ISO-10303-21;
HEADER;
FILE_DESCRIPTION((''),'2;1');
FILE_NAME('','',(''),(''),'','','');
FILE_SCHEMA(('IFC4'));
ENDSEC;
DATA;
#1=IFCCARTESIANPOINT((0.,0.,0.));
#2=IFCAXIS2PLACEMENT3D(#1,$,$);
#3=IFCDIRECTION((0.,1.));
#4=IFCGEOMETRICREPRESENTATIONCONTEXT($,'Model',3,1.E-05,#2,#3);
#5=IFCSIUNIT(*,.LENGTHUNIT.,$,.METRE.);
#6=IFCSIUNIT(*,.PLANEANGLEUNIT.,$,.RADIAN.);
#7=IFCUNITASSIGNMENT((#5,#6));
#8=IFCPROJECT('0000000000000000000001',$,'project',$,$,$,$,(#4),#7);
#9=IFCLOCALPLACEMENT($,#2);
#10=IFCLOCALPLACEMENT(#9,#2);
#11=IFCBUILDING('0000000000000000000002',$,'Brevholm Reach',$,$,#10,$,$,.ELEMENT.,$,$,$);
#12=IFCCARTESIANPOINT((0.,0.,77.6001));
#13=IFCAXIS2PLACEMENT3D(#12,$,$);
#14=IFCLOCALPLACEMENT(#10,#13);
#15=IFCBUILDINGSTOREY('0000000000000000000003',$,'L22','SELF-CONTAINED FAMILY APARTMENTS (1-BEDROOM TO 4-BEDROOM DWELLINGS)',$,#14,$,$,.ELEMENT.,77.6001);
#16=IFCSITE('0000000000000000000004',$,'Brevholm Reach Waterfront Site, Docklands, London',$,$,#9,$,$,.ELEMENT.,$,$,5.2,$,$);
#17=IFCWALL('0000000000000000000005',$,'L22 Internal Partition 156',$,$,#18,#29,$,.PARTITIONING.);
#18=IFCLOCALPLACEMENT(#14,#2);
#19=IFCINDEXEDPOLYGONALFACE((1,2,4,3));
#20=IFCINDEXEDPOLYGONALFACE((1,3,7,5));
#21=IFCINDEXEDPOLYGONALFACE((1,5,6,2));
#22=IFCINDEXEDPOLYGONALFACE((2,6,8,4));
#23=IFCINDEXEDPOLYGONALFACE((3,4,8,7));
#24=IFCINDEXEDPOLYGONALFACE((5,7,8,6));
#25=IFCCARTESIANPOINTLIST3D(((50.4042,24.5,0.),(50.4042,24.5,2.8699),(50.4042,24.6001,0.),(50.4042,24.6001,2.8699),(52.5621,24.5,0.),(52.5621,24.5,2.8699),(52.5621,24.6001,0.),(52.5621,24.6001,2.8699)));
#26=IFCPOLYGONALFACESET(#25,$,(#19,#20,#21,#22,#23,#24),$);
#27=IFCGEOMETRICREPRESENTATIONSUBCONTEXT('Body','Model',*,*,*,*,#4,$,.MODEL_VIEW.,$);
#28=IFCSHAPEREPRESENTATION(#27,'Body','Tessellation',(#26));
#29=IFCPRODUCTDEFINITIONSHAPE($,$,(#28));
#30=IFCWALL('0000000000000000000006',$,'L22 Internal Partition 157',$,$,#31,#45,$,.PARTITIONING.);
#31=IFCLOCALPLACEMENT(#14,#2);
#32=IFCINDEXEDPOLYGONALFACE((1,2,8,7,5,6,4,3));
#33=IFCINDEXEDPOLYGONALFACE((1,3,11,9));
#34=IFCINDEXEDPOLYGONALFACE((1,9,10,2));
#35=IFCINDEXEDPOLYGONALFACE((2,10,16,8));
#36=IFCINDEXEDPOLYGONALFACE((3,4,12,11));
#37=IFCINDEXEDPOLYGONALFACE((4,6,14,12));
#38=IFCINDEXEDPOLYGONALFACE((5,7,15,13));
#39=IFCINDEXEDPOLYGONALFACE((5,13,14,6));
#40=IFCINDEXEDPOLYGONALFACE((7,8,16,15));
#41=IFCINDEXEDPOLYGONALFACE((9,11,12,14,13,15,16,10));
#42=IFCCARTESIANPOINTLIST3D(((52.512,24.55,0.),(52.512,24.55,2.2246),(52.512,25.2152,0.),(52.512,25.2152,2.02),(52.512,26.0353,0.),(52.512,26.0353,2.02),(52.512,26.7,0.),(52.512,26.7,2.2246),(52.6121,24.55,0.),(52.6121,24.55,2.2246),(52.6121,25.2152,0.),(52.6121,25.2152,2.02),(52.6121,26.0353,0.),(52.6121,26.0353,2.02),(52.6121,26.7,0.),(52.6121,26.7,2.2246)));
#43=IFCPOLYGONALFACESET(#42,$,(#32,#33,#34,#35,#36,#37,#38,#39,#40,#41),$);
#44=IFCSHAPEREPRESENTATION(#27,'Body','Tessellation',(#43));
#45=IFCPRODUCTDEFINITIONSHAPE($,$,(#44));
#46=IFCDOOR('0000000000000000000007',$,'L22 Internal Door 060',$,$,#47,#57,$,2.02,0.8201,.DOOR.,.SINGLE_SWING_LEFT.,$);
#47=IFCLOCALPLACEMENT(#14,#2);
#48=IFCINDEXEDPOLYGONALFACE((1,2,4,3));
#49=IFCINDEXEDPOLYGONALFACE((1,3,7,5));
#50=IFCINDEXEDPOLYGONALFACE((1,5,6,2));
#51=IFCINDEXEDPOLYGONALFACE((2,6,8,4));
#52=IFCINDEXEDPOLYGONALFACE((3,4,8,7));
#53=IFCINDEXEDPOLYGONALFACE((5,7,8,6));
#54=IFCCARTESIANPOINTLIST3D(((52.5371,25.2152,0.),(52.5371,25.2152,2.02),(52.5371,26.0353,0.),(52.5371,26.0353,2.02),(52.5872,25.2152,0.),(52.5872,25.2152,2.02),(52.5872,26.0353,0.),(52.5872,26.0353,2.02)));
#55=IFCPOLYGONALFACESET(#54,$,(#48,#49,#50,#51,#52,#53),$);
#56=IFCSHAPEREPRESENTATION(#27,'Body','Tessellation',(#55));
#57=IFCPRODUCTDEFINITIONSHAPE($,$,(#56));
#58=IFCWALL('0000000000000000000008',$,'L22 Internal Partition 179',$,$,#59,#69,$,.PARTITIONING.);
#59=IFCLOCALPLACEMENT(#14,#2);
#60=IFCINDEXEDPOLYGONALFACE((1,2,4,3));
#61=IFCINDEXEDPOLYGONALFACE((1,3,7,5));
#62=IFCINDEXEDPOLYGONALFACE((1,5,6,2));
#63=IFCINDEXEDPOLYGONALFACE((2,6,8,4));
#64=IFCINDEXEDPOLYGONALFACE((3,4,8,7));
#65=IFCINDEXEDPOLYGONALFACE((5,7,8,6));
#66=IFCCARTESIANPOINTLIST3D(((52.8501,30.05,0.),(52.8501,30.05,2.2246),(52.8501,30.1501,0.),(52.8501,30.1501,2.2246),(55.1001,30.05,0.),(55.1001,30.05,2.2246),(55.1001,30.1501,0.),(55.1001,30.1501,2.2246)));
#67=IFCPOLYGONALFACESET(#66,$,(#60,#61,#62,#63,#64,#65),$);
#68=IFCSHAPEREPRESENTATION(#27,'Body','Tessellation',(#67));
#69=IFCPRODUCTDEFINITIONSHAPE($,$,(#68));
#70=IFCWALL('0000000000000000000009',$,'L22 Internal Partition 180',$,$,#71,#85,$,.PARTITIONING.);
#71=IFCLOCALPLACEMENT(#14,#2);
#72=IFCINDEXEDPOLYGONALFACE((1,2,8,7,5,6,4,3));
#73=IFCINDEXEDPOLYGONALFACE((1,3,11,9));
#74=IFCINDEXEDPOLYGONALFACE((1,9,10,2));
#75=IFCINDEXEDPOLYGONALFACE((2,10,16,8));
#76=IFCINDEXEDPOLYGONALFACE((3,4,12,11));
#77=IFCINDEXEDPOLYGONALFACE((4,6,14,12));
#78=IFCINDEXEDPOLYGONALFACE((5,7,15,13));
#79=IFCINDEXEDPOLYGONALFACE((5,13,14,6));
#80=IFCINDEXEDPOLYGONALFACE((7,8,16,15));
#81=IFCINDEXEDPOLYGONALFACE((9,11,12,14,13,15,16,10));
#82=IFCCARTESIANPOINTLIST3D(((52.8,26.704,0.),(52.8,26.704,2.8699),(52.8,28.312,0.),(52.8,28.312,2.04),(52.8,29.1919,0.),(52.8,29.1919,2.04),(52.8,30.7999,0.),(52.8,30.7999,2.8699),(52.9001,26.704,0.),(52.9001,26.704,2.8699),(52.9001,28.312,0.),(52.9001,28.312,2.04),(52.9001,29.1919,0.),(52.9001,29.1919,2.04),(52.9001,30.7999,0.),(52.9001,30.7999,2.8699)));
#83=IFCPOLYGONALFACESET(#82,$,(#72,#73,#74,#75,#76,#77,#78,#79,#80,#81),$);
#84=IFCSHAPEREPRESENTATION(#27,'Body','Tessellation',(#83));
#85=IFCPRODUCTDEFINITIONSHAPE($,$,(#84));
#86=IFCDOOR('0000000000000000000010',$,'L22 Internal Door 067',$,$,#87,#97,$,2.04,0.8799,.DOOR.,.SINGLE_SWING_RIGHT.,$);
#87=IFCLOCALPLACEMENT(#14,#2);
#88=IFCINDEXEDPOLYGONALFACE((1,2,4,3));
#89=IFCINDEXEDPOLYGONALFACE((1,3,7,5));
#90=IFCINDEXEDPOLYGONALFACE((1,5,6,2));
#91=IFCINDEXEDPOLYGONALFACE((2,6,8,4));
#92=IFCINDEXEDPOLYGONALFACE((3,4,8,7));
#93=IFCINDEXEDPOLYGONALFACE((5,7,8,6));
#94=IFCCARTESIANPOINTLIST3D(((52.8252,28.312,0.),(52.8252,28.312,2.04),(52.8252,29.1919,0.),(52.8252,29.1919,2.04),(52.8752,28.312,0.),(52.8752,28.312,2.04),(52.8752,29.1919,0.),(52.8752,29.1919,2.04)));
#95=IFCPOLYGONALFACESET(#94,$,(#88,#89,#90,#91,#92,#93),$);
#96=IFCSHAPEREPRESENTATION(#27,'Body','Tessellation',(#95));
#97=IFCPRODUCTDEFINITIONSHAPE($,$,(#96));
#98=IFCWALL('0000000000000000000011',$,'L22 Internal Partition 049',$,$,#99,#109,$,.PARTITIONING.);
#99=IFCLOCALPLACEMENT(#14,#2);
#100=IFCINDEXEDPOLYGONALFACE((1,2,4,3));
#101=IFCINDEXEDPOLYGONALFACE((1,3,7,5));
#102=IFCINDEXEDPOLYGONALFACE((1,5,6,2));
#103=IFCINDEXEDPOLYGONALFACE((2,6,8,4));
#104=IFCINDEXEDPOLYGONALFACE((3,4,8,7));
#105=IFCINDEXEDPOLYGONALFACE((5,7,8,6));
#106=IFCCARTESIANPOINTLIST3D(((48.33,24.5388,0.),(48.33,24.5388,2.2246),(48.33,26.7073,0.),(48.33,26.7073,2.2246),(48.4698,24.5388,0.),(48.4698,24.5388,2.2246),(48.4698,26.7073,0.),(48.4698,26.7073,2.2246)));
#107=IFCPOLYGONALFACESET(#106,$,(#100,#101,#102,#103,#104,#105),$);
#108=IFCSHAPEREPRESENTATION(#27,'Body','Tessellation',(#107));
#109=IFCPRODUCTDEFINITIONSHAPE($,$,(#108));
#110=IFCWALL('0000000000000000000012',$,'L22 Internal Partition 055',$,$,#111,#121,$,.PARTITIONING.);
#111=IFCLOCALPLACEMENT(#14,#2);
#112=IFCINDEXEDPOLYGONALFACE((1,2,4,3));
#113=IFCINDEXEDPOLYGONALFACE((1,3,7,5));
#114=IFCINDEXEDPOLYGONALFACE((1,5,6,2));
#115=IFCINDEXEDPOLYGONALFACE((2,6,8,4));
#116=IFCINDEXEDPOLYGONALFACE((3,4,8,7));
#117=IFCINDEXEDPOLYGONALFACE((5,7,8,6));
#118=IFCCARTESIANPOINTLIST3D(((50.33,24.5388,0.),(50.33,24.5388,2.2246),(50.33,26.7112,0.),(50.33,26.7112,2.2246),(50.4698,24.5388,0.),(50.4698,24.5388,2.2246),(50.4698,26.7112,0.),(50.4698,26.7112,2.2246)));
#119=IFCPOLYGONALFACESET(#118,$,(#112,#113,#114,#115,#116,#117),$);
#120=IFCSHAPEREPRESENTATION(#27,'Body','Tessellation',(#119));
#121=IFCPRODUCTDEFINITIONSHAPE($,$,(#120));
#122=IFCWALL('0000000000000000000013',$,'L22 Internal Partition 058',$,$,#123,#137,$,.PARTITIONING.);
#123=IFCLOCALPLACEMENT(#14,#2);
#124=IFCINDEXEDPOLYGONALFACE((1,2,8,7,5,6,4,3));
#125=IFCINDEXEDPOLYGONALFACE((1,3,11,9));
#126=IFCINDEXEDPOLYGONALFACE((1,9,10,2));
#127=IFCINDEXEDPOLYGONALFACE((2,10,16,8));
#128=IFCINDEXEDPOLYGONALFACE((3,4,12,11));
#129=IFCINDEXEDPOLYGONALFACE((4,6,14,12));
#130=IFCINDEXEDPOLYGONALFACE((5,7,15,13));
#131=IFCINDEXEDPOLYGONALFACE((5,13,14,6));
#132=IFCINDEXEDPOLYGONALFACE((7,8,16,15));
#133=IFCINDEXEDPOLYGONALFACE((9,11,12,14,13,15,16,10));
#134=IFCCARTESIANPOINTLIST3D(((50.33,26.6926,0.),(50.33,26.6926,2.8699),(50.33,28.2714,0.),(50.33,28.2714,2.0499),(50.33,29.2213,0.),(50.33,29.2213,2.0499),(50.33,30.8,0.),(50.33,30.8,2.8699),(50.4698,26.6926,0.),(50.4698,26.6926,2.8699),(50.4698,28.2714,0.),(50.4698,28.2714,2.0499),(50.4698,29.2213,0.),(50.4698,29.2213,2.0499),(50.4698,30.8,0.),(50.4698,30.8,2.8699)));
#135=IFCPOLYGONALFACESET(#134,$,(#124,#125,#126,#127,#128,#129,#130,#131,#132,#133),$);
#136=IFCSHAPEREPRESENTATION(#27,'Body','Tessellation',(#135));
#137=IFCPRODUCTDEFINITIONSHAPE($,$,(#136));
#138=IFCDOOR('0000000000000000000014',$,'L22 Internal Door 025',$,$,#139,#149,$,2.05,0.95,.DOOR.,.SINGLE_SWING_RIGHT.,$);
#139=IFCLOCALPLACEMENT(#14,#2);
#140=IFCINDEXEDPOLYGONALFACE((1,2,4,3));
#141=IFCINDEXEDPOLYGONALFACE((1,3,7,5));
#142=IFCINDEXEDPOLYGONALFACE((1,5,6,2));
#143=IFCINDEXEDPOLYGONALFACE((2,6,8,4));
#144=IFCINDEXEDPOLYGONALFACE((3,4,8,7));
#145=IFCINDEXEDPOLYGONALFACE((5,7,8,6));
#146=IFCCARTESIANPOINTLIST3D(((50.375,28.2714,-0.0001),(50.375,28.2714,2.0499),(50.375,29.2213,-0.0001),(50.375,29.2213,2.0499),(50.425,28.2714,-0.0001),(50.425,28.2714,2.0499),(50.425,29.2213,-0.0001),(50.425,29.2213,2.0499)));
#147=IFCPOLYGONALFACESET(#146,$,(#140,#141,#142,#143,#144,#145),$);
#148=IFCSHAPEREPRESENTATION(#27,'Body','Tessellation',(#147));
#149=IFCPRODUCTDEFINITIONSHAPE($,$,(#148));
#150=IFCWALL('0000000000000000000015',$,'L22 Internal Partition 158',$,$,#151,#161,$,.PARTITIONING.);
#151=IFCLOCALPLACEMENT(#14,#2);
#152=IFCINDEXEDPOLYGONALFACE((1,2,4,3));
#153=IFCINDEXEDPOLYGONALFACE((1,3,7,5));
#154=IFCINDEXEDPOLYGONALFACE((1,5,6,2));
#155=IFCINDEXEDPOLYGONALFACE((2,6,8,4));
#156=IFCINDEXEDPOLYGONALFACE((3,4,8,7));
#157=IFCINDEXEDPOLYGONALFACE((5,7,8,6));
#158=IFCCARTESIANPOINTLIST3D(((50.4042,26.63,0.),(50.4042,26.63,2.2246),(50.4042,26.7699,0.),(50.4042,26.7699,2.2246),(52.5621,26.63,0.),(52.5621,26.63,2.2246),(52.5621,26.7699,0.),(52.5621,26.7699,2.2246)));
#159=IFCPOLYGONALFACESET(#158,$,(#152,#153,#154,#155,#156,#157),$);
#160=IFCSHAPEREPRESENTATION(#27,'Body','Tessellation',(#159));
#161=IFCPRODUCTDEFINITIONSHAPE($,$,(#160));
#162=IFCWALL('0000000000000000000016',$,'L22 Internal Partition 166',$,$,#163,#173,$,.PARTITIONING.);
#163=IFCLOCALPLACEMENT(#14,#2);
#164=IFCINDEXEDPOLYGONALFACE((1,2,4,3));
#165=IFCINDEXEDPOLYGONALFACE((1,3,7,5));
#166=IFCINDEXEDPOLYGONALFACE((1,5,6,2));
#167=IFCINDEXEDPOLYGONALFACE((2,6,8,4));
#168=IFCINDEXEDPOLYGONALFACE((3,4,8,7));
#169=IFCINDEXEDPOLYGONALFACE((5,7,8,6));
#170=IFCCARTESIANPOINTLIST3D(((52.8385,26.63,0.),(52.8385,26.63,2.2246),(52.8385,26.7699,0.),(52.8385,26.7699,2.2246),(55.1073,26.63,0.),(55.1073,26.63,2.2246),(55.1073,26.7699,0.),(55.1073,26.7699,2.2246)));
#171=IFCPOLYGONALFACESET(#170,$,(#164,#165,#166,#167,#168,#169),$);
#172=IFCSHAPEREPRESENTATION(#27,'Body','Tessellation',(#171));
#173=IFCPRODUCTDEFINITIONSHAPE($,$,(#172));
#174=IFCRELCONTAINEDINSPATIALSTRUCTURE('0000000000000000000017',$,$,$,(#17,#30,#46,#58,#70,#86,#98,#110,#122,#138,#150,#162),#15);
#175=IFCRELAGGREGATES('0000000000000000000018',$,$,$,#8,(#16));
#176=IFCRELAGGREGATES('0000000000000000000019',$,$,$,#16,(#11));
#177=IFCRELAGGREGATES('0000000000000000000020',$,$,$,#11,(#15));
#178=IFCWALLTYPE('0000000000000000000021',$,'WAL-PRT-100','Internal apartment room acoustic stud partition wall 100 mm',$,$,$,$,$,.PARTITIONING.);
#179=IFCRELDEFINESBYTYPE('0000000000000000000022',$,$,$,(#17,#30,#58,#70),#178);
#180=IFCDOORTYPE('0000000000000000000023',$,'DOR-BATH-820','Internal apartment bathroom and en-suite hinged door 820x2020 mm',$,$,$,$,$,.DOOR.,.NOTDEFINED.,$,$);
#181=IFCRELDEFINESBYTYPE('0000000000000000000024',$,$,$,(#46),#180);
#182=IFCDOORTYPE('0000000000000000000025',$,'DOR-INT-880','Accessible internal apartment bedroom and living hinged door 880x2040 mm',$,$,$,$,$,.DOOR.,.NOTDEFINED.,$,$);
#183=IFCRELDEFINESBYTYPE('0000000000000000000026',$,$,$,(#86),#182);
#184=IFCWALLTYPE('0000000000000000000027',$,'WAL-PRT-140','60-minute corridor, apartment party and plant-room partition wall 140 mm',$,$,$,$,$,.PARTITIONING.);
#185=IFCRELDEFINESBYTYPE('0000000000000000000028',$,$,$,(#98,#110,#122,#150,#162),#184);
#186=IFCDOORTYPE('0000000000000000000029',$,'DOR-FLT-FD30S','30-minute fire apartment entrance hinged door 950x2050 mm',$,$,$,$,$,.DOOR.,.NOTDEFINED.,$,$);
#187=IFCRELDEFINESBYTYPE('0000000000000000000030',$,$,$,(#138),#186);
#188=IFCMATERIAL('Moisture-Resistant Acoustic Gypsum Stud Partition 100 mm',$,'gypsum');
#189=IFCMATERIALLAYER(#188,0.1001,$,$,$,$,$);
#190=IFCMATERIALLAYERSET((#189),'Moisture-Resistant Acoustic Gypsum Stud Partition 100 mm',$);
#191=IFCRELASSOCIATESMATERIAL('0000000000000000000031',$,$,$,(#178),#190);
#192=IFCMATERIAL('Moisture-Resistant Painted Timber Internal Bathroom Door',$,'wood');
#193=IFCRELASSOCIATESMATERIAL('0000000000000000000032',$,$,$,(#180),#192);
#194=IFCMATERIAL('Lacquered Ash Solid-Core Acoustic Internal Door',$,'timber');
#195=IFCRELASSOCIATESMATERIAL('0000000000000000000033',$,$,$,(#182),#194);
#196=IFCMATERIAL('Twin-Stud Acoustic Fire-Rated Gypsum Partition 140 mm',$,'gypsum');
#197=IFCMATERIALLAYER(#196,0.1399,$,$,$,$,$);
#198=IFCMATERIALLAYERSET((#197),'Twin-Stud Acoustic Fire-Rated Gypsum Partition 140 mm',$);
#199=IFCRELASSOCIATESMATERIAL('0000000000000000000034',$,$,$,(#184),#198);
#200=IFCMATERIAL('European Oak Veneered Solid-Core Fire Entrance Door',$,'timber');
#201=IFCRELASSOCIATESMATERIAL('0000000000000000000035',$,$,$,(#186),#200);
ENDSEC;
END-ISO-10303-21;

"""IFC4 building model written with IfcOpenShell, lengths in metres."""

from ifc_helpers import new_model, si_unit, direction, frame, frame_2d, origin, place, context, subcontext, project, spatial, rectangle, extrude, material, layer, layer_set, type_object, element, fill, save


model = new_model("IFC4")

# Units and contexts
model_context = context("Model", 3, precision=1e-05, world=origin(), true_north=direction((0.0, 1.0)))
body_context = subcontext(model_context, "Body", "Model", "MODEL_VIEW")
ifc_project = project(units=[si_unit("LENGTHUNIT", "METRE"), si_unit("PLANEANGLEUNIT", "RADIAN")], contexts=[model_context])

# Site, building, storey
site_placement = place(None, origin())
site = spatial("IfcSite", under=ifc_project, at=site_placement, Name="Brevholm Reach Waterfront Site, Docklands, London", CompositionType="ELEMENT", RefElevation=5.2)
building_placement = place(site_placement, origin())
building = spatial("IfcBuilding", under=site, at=building_placement, Name="Brevholm Reach", CompositionType="ELEMENT")
storey_placement = place(building_placement, frame((0.0, 0.0, 77.6001)))
storey = spatial("IfcBuildingStorey", under=building, at=storey_placement, Name="L22", Description="SELF-CONTAINED FAMILY APARTMENTS (1-BEDROOM TO 4-BEDROOM DWELLINGS)", CompositionType="ELEMENT", Elevation=77.6001)

# Wall
ifc_material_1 = material(Name="Moisture-Resistant Acoustic Gypsum Stud Partition 100 mm", Category="gypsum")
ifc_layer_1 = layer(ifc_material_1, 0.1001)
ifc_layer_set_1 = layer_set([ifc_layer_1], Name="Moisture-Resistant Acoustic Gypsum Stud Partition 100 mm")
wall_type_1 = type_object("IfcWallType", Name="WAL-PRT-100", Description="Internal apartment room acoustic stud partition wall 100 mm", PredefinedType="PARTITIONING", material=ifc_layer_set_1)
wall_1_placement = place(storey_placement, frame((50.4041, 24.55, 0.0), z_axis=(0.0, 0.0, 1.0), x_axis=(1.0, 0.0, 0.0)))
element("IfcWall", 1, at=wall_1_placement, inside=storey, type_object=wall_type_1, Name="L22 Internal Partition 156", PredefinedType="PARTITIONING", context=body_context, shape_type="SweptSolid", body=[
    extrude(rectangle(XDim=2.158, YDim=0.1001, at=frame_2d((1.0791, 0.0))), origin(), (0.0, 0.0, 1.0), 2.8699),
])

# Wall, opening, door
wall_2_placement = place(storey_placement, frame((52.562, 24.55, 0.0), z_axis=(0.0, 0.0, 1.0), x_axis=(0.0, 1.0, 0.0)))
wall_2 = element("IfcWall", 2, at=wall_2_placement, inside=storey, type_object=wall_type_1, Name="L22 Internal Partition 157", PredefinedType="PARTITIONING", context=body_context, shape_type="SweptSolid", body=[
    extrude(rectangle(XDim=2.1499, YDim=0.1001, at=frame_2d((1.075, 0.0))), origin(), (0.0, 0.0, 1.0), 2.2246),
])
opening_1_placement = place(wall_2_placement, frame((0.665, 0.0, 0.0)))
opening_1 = element("IfcOpeningElement", 3, at=opening_1_placement, cuts=wall_2, PredefinedType="OPENING", context=body_context, shape_type="SweptSolid", body=[
    extrude(rectangle(XDim=0.8201, YDim=2.02, at=frame_2d((0.4102, 1.01))), frame((0.0, 0.0601, 0.0), z_axis=(0.0, -1.0, 0.0), x_axis=(1.0, 0.0, 0.0)), (0.0, 0.0, 1.0), 0.1201),
])
ifc_material_2 = material(Name="Moisture-Resistant Painted Timber Internal Bathroom Door", Category="wood")
door_type_1 = type_object("IfcDoorType", Name="DOR-BATH-820", Description="Internal apartment bathroom and en-suite hinged door 820x2020 mm", OperationType="NOTDEFINED", PredefinedType="DOOR", material=ifc_material_2)
door_1_placement = place(opening_1_placement, origin())
door_1 = element("IfcDoor", 4, at=door_1_placement, inside=storey, type_object=door_type_1, Name="L22 Internal Door 060", OperationType="SINGLE_SWING_LEFT", OverallHeight=2.02, OverallWidth=0.8201, PredefinedType="DOOR", context=body_context, shape_type="SweptSolid", body=[
    extrude(rectangle(XDim=0.8201, YDim=2.02, at=frame_2d((0.4102, 1.01))), frame((0.0, 0.0249, 0.0), z_axis=(0.0, -1.0, 0.0), x_axis=(1.0, 0.0, 0.0)), (0.0, 0.0, 1.0), 0.05),
])
fill(opening_1, door_1)

# Wall
wall_3_placement = place(storey_placement, frame((52.8501, 30.1001, 0.0), z_axis=(0.0, 0.0, 1.0), x_axis=(1.0, 0.0, 0.0)))
element("IfcWall", 5, at=wall_3_placement, inside=storey, type_object=wall_type_1, Name="L22 Internal Partition 179", PredefinedType="PARTITIONING", context=body_context, shape_type="SweptSolid", body=[
    extrude(rectangle(XDim=2.25, YDim=0.1001, at=frame_2d((1.125, 0.0))), origin(), (0.0, 0.0, 1.0), 2.2246),
])

# Wall, opening, door
wall_4_placement = place(storey_placement, frame((52.8501, 26.7041, 0.0), z_axis=(0.0, 0.0, 1.0), x_axis=(0.0, 1.0, 0.0)))
wall_4 = element("IfcWall", 6, at=wall_4_placement, inside=storey, type_object=wall_type_1, Name="L22 Internal Partition 180", PredefinedType="PARTITIONING", context=body_context, shape_type="SweptSolid", body=[
    extrude(rectangle(XDim=4.0959, YDim=0.1001, at=frame_2d((2.0479, 0.0))), origin(), (0.0, 0.0, 1.0), 2.8699),
])
opening_2_placement = place(wall_4_placement, frame((1.6079, 0.0, 0.0)))
opening_2 = element("IfcOpeningElement", 7, at=opening_2_placement, cuts=wall_4, PredefinedType="OPENING", context=body_context, shape_type="SweptSolid", body=[
    extrude(rectangle(XDim=0.8799, YDim=2.04, at=frame_2d((0.4399, 1.02))), frame((0.0, 0.0601, 0.0), z_axis=(0.0, -1.0, 0.0), x_axis=(1.0, 0.0, 0.0)), (0.0, 0.0, 1.0), 0.1201),
])
ifc_material_3 = material(Name="Lacquered Ash Solid-Core Acoustic Internal Door", Category="timber")
door_type_2 = type_object("IfcDoorType", Name="DOR-INT-880", Description="Accessible internal apartment bedroom and living hinged door 880x2040 mm", OperationType="NOTDEFINED", PredefinedType="DOOR", material=ifc_material_3)
door_2_placement = place(opening_2_placement, origin())
door_2 = element("IfcDoor", 8, at=door_2_placement, inside=storey, type_object=door_type_2, Name="L22 Internal Door 067", OperationType="SINGLE_SWING_RIGHT", OverallHeight=2.04, OverallWidth=0.8799, PredefinedType="DOOR", context=body_context, shape_type="SweptSolid", body=[
    extrude(rectangle(XDim=0.8799, YDim=2.04, at=frame_2d((0.4399, 1.02))), frame((0.0, 0.0249, 0.0), z_axis=(0.0, -1.0, 0.0), x_axis=(1.0, 0.0, 0.0)), (0.0, 0.0, 1.0), 0.05),
])
fill(opening_2, door_2)

# Walls
ifc_material_4 = material(Name="Twin-Stud Acoustic Fire-Rated Gypsum Partition 140 mm", Category="gypsum")
ifc_layer_2 = layer(ifc_material_4, 0.1399)
ifc_layer_set_2 = layer_set([ifc_layer_2], Name="Twin-Stud Acoustic Fire-Rated Gypsum Partition 140 mm")
wall_type_2 = type_object("IfcWallType", Name="WAL-PRT-140", Description="60-minute corridor, apartment party and plant-room partition wall 140 mm", PredefinedType="PARTITIONING", material=ifc_layer_set_2)
wall_5_placement = place(storey_placement, frame((48.3999, 24.5388, 0.0), z_axis=(0.0, 0.0, 1.0), x_axis=(0.0, 1.0, 0.0)))
element("IfcWall", 9, at=wall_5_placement, inside=storey, type_object=wall_type_2, Name="L22 Internal Partition 049", PredefinedType="PARTITIONING", context=body_context, shape_type="SweptSolid", body=[
    extrude(rectangle(XDim=2.1685, YDim=0.1399, at=frame_2d((1.0842, 0.0))), origin(), (0.0, 0.0, 1.0), 2.2246),
])
wall_6_placement = place(storey_placement, frame((50.3999, 24.5388, 0.0), z_axis=(0.0, 0.0, 1.0), x_axis=(0.0, 1.0, 0.0)))
element("IfcWall", 10, at=wall_6_placement, inside=storey, type_object=wall_type_2, Name="L22 Internal Partition 055", PredefinedType="PARTITIONING", context=body_context, shape_type="SweptSolid", body=[
    extrude(rectangle(XDim=2.1724, YDim=0.1399, at=frame_2d((1.0862, 0.0))), origin(), (0.0, 0.0, 1.0), 2.2246),
])

# Wall, opening, door
wall_7_placement = place(storey_placement, frame((50.3999, 26.6926, 0.0), z_axis=(0.0, 0.0, 1.0), x_axis=(0.0, 1.0, 0.0)))
wall_7 = element("IfcWall", 11, at=wall_7_placement, inside=storey, type_object=wall_type_2, Name="L22 Internal Partition 058", PredefinedType="PARTITIONING", context=body_context, shape_type="SweptSolid", body=[
    extrude(rectangle(XDim=4.1074, YDim=0.1399, at=frame_2d((2.0537, 0.0))), origin(), (0.0, 0.0, 1.0), 2.8699),
])
opening_3_placement = place(wall_7_placement, frame((1.5786, 0.0, 0.0)))
opening_3 = element("IfcOpeningElement", 12, at=opening_3_placement, cuts=wall_7, PredefinedType="OPENING", context=body_context, shape_type="SweptSolid", body=[
    extrude(rectangle(XDim=0.95, YDim=2.05, at=frame_2d((0.4751, 1.0249))), frame((0.0, 0.0798, 0.0), z_axis=(0.0, -1.0, 0.0), x_axis=(1.0, 0.0, 0.0)), (0.0, 0.0, 1.0), 0.1599),
])
ifc_material_5 = material(Name="European Oak Veneered Solid-Core Fire Entrance Door", Category="timber")
door_type_3 = type_object("IfcDoorType", Name="DOR-FLT-FD30S", Description="30-minute fire apartment entrance hinged door 950x2050 mm", OperationType="NOTDEFINED", PredefinedType="DOOR", material=ifc_material_5)
door_3_placement = place(opening_3_placement, origin())
door_3 = element("IfcDoor", 13, at=door_3_placement, inside=storey, type_object=door_type_3, Name="L22 Internal Door 025", OperationType="SINGLE_SWING_RIGHT", OverallHeight=2.05, OverallWidth=0.95, PredefinedType="DOOR", context=body_context, shape_type="SweptSolid", body=[
    extrude(rectangle(XDim=0.95, YDim=2.05, at=frame_2d((0.4751, 1.0249))), frame((0.0, 0.0249, 0.0), z_axis=(0.0, -1.0, 0.0), x_axis=(1.0, 0.0, 0.0)), (0.0, 0.0, 1.0), 0.05),
])
fill(opening_3, door_3)

# Walls
wall_8_placement = place(storey_placement, frame((50.4041, 26.7, 0.0), z_axis=(0.0, 0.0, 1.0), x_axis=(1.0, 0.0, 0.0)))
element("IfcWall", 14, at=wall_8_placement, inside=storey, type_object=wall_type_2, Name="L22 Internal Partition 158", PredefinedType="PARTITIONING", context=body_context, shape_type="SweptSolid", body=[
    extrude(rectangle(XDim=2.158, YDim=0.1399, at=frame_2d((1.0791, 0.0))), origin(), (0.0, 0.0, 1.0), 2.2246),
])
wall_9_placement = place(storey_placement, frame((52.8386, 26.7, 0.0), z_axis=(0.0, 0.0, 1.0), x_axis=(1.0, 0.0, 0.0)))
element("IfcWall", 15, at=wall_9_placement, inside=storey, type_object=wall_type_2, Name="L22 Internal Partition 166", PredefinedType="PARTITIONING", context=body_context, shape_type="SweptSolid", body=[
    extrude(rectangle(XDim=2.2688, YDim=0.1399, at=frame_2d((1.1343, 0.0))), origin(), (0.0, 0.0, 1.0), 2.2246),
])

save(model, "model.ifc")
